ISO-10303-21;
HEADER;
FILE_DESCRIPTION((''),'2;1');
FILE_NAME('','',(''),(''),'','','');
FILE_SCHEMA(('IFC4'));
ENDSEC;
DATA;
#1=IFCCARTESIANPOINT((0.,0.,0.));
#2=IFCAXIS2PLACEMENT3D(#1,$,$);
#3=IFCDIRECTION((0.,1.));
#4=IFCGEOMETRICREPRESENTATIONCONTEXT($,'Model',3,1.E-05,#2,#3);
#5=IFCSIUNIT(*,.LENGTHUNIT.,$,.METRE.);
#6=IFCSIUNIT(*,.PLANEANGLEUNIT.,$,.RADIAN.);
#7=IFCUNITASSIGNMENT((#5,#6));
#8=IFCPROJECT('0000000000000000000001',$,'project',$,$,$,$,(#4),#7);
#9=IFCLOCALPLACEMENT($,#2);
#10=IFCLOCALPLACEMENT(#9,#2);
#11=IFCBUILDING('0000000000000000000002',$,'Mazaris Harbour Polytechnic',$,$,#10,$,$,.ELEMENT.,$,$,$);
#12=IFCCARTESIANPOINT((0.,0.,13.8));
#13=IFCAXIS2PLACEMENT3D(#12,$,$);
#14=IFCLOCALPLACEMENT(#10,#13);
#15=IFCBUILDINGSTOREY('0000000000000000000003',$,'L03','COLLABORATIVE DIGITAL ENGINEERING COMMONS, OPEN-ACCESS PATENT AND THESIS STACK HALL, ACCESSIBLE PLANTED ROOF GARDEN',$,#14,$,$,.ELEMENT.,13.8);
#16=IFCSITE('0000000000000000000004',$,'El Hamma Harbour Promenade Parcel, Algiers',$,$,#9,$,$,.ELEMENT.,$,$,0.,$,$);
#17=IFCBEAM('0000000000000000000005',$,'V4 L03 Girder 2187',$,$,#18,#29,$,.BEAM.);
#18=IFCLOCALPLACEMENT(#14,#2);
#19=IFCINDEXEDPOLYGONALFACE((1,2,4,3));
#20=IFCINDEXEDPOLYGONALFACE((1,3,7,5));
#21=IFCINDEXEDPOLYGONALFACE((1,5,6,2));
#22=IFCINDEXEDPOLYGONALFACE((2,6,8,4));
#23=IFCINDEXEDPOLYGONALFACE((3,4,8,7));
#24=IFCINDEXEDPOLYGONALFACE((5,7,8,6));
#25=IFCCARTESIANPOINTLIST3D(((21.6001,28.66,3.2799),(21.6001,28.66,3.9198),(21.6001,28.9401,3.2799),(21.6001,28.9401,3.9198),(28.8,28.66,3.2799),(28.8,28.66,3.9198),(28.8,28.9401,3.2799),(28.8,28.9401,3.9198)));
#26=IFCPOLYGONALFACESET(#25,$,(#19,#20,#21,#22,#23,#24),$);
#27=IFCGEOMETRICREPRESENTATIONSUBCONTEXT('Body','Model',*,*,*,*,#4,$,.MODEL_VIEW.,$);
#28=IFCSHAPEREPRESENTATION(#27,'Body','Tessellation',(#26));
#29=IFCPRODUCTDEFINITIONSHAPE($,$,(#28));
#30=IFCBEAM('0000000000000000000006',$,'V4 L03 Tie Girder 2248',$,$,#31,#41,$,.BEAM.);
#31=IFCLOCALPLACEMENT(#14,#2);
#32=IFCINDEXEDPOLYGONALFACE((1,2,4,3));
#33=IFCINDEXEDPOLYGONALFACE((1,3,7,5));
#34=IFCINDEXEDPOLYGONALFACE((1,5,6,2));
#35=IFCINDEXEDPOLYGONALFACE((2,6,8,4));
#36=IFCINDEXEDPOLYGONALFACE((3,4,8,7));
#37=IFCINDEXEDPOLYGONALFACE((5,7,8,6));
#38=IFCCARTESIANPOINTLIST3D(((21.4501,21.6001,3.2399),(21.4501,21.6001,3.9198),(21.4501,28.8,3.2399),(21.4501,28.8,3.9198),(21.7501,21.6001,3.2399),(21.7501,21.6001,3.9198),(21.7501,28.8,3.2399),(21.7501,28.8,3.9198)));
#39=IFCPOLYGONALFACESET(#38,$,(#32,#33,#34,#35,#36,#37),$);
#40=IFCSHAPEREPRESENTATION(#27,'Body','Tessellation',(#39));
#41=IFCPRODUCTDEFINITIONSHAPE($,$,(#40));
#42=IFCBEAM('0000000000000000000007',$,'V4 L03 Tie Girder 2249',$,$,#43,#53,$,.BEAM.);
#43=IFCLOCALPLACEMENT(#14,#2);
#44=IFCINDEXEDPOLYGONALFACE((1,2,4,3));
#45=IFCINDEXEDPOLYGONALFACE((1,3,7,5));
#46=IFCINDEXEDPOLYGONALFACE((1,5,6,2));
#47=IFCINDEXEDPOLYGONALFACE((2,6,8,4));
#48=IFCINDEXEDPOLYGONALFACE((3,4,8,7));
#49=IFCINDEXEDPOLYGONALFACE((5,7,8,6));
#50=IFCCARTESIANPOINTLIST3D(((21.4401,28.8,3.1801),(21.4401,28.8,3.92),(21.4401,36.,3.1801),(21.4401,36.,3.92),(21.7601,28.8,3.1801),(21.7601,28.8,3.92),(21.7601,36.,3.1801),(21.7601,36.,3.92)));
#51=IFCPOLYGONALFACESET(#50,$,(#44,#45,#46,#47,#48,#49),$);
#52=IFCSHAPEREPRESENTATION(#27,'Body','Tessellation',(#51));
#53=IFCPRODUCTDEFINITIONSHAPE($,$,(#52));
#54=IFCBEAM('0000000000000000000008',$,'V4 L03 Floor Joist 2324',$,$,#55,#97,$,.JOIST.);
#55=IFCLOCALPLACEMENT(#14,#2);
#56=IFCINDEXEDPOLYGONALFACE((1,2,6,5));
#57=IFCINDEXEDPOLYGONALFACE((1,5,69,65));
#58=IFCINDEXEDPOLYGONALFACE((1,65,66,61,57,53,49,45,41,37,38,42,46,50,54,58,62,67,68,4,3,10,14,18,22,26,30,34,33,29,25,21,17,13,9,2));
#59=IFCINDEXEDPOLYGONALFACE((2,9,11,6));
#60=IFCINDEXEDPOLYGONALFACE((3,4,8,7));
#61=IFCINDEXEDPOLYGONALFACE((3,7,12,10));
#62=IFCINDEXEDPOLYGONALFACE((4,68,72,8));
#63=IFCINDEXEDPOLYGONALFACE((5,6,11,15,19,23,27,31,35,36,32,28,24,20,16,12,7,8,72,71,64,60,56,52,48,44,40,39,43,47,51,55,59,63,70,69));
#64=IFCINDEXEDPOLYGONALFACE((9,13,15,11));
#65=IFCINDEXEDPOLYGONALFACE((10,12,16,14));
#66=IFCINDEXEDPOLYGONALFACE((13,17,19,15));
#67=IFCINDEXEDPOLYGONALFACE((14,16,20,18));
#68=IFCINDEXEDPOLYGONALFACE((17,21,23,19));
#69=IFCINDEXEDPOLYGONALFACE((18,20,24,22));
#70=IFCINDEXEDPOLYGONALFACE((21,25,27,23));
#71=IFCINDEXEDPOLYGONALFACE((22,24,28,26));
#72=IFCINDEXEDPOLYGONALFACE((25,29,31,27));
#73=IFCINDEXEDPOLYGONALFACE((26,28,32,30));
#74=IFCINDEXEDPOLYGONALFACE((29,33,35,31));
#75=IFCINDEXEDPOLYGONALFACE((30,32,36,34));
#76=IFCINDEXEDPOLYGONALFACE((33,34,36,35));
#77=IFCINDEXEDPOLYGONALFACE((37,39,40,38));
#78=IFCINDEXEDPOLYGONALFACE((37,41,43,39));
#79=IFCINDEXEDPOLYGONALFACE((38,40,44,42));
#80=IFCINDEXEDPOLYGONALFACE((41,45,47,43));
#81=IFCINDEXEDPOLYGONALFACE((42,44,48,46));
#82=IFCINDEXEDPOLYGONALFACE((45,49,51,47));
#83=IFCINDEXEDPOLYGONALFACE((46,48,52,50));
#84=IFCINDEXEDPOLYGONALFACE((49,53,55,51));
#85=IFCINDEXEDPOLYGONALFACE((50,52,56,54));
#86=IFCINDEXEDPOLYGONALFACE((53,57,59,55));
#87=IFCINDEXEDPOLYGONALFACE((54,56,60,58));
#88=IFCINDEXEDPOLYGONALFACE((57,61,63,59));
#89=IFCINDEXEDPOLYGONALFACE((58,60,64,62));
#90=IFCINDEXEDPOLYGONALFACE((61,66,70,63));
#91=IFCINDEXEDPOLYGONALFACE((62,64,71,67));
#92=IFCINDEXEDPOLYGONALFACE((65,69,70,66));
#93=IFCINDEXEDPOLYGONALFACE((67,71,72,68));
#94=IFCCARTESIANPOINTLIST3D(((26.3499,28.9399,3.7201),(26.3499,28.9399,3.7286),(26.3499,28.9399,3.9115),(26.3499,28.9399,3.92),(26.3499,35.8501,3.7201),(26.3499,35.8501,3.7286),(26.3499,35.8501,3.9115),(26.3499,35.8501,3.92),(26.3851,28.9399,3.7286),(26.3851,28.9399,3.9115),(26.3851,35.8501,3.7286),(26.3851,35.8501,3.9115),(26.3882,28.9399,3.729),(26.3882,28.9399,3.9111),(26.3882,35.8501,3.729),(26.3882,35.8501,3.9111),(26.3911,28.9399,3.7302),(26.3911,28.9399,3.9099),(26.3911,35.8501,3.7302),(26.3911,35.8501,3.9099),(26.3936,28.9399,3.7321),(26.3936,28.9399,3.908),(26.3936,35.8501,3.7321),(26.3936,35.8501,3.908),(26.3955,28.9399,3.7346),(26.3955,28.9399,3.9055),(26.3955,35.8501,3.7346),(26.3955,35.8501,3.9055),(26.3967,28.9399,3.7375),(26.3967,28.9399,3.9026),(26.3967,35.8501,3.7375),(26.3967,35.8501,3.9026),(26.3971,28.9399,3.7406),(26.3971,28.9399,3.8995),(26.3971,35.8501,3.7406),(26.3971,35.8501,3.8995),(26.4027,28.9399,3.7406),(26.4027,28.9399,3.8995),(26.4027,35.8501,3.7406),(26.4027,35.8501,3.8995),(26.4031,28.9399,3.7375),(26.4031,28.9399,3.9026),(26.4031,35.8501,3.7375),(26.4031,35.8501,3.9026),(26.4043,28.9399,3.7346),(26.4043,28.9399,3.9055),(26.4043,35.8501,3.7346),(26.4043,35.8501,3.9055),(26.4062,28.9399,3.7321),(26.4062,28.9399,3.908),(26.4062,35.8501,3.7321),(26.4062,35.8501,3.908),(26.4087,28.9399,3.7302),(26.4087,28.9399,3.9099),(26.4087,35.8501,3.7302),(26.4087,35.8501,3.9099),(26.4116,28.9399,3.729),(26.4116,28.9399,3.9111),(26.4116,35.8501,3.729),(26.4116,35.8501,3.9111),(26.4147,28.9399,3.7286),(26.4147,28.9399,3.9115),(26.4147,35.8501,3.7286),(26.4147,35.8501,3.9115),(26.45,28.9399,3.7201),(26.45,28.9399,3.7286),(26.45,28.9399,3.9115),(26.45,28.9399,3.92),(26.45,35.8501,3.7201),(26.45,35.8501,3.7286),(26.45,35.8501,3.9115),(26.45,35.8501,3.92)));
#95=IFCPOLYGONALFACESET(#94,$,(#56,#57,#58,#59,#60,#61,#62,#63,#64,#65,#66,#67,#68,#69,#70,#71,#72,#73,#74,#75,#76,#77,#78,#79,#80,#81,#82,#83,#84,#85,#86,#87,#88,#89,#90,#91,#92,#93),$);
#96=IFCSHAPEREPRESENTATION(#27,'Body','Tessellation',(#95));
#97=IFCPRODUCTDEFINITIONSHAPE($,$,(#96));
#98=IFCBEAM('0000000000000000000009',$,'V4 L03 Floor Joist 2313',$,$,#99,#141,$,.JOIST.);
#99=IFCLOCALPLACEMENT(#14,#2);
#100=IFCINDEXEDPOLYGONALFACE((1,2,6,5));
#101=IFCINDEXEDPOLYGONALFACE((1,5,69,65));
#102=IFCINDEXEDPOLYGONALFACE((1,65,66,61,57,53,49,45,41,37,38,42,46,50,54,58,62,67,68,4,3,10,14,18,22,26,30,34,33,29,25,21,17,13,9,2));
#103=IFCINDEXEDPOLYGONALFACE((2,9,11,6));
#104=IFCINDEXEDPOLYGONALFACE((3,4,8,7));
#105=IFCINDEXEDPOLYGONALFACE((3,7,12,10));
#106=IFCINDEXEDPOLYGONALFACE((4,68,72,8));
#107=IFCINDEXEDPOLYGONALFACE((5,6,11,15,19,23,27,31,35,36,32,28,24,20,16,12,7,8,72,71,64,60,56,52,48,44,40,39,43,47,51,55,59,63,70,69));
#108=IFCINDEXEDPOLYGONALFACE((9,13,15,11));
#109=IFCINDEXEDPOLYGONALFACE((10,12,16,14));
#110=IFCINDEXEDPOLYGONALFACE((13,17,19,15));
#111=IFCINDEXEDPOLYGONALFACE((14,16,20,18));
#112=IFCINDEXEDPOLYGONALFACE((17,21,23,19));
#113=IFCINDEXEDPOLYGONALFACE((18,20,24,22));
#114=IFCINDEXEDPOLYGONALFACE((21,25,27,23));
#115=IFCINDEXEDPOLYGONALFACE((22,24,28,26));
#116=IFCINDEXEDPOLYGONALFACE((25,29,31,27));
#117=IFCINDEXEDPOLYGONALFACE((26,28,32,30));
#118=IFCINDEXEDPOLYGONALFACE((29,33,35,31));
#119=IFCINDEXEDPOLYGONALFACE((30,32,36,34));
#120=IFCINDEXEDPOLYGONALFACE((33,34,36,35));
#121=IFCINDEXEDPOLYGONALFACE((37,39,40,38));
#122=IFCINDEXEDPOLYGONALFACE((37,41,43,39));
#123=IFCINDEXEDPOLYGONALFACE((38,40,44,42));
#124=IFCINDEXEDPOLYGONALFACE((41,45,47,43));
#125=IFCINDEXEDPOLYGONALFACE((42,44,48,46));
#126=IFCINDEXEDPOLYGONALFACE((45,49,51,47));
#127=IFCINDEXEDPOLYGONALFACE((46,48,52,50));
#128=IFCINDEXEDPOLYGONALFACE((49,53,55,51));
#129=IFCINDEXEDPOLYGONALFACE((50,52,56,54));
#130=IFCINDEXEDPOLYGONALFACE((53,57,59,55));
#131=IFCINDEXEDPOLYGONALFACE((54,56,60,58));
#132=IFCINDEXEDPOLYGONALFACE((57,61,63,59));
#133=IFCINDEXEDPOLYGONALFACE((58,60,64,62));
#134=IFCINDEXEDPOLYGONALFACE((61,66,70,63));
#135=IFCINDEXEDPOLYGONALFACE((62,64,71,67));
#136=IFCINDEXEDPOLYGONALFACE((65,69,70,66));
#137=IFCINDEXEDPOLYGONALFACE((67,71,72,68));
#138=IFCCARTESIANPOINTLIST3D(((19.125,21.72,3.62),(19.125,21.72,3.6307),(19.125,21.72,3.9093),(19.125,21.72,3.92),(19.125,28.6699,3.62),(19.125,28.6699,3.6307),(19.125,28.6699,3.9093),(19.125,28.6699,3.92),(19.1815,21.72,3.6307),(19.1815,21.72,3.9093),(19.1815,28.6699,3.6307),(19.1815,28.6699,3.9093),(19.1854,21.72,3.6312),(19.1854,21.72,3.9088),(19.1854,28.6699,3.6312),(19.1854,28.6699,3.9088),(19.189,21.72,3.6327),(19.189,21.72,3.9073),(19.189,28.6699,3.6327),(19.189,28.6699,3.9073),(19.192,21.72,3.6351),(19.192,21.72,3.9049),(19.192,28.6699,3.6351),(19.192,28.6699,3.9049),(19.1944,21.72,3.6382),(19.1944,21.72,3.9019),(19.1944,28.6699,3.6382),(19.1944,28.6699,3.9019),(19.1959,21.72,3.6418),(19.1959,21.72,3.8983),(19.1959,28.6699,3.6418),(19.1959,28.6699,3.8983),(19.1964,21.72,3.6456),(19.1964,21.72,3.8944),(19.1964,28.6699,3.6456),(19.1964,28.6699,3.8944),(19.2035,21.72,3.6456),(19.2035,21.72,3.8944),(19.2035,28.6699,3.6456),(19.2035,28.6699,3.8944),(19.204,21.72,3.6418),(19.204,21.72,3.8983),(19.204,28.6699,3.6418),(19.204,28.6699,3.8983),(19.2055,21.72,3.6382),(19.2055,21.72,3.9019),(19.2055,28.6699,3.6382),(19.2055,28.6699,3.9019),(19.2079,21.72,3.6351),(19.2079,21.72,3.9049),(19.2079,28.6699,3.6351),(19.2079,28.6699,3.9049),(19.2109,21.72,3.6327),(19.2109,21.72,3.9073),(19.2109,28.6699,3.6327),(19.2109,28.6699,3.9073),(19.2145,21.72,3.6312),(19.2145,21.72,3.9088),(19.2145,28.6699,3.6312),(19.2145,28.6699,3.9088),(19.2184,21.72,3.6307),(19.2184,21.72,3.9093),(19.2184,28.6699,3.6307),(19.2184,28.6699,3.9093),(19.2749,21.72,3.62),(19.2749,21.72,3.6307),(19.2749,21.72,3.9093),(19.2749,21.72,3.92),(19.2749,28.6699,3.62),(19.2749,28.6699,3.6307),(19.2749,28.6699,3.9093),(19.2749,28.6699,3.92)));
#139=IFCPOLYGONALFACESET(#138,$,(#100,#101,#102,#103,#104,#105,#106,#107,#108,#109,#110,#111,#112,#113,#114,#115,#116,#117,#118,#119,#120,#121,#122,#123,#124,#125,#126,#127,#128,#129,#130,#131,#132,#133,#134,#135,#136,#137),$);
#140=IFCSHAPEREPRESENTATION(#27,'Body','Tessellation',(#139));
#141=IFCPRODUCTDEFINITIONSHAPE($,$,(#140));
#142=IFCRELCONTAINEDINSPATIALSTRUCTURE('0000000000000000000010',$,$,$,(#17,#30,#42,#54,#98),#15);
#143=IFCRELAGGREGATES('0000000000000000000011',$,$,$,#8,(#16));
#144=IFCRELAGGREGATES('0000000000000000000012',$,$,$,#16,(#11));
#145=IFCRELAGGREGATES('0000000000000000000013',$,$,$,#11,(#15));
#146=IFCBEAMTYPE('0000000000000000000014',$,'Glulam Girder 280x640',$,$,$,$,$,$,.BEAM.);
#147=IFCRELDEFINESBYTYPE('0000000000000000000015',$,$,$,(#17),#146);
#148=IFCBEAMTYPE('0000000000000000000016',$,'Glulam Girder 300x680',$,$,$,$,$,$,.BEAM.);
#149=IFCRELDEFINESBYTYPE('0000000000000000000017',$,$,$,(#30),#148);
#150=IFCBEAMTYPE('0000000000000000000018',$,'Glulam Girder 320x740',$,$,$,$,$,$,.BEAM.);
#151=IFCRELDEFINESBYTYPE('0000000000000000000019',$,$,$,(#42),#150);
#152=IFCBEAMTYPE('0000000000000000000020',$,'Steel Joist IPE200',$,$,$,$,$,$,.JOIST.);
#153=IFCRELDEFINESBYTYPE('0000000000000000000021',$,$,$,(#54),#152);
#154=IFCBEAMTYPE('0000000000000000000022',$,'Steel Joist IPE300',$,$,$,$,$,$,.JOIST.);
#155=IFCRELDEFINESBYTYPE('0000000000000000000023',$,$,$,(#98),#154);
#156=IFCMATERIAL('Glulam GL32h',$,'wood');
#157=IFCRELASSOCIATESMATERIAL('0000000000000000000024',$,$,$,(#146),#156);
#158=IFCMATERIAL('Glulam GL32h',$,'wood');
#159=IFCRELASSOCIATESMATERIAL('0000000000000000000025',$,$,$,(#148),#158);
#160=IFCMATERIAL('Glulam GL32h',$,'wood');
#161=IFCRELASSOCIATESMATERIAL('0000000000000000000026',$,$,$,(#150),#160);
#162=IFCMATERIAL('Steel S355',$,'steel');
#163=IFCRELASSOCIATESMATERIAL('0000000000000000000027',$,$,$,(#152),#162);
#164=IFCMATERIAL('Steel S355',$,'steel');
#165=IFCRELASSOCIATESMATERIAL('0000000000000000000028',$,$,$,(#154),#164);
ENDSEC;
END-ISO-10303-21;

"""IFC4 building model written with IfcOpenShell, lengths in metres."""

from ifc_helpers import new_model, si_unit, direction, frame, origin, origin_2d, place, context, subcontext, project, spatial, rectangle, i_section, extrude, material, material_profile, profile_set, type_object, element, save


model = new_model("IFC4")

# Units and contexts
model_context = context("Model", 3, precision=1e-05, world=origin(), true_north=direction((0.0, 1.0)))
body_context = subcontext(model_context, "Body", "Model", "MODEL_VIEW")
ifc_project = project(units=[si_unit("LENGTHUNIT", "METRE"), si_unit("PLANEANGLEUNIT", "RADIAN")], contexts=[model_context])

# Site, building, storey
site_placement = place(None, origin())
site = spatial("IfcSite", under=ifc_project, at=site_placement, Name="El Hamma Harbour Promenade Parcel, Algiers", CompositionType="ELEMENT", RefElevation=0.0)
building_placement = place(site_placement, origin())
building = spatial("IfcBuilding", under=site, at=building_placement, Name="Mazaris Harbour Polytechnic", CompositionType="ELEMENT")
storey_placement = place(building_placement, frame((0.0, 0.0, 13.8)))
storey = spatial("IfcBuildingStorey", under=building, at=storey_placement, Name="L03", Description="COLLABORATIVE DIGITAL ENGINEERING COMMONS, OPEN-ACCESS PATENT AND THESIS STACK HALL, ACCESSIBLE PLANTED ROOF GARDEN", CompositionType="ELEMENT", Elevation=13.8)

# Beams
ifc_material_1 = material(Name="Glulam GL32h", Category="wood")
ifc_material_profile_1 = material_profile(ifc_material_1, rectangle(XDim=0.28, YDim=0.6399, at=origin_2d()), Name="RECT280x640")
ifc_profile_set_1 = profile_set([ifc_material_profile_1], Name="Glulam GL32h")
beam_type_1 = type_object("IfcBeamType", Name="Glulam Girder 280x640", PredefinedType="BEAM", material=ifc_profile_set_1)
beam_1_placement = place(storey_placement, frame((21.6001, 28.8, 3.5999), z_axis=(1.0, 0.0, 0.0), x_axis=(0.0, 1.0, 0.0)))
element("IfcBeam", 1, at=beam_1_placement, inside=storey, type_object=beam_type_1, Name="V4 L03 Girder 2187", PredefinedType="BEAM", context=body_context, shape_type="SweptSolid", body=[
    extrude(rectangle(XDim=0.28, YDim=0.6399, at=origin_2d()), origin(), (0.0, 0.0, 1.0), 7.2),
])
ifc_material_2 = material(Name="Glulam GL32h", Category="wood")
ifc_material_profile_2 = material_profile(ifc_material_2, rectangle(XDim=0.3, YDim=0.6799, at=origin_2d()), Name="RECT300x680")
ifc_profile_set_2 = profile_set([ifc_material_profile_2], Name="Glulam GL32h")
beam_type_2 = type_object("IfcBeamType", Name="Glulam Girder 300x680", PredefinedType="BEAM", material=ifc_profile_set_2)
beam_2_placement = place(storey_placement, frame((21.6001, 21.6001, 3.5798), z_axis=(0.0, 1.0, 0.0), x_axis=(-1.0, 0.0, 0.0)))
element("IfcBeam", 2, at=beam_2_placement, inside=storey, type_object=beam_type_2, Name="V4 L03 Tie Girder 2248", PredefinedType="BEAM", context=body_context, shape_type="SweptSolid", body=[
    extrude(rectangle(XDim=0.3, YDim=0.6799, at=origin_2d()), origin(), (0.0, 0.0, 1.0), 7.2),
])
ifc_material_3 = material(Name="Glulam GL32h", Category="wood")
ifc_material_profile_3 = material_profile(ifc_material_3, rectangle(XDim=0.3201, YDim=0.74, at=origin_2d()), Name="RECT320x740")
ifc_profile_set_3 = profile_set([ifc_material_profile_3], Name="Glulam GL32h")
beam_type_3 = type_object("IfcBeamType", Name="Glulam Girder 320x740", PredefinedType="BEAM", material=ifc_profile_set_3)
beam_3_placement = place(storey_placement, frame((21.6001, 28.8, 3.55), z_axis=(0.0, 1.0, 0.0), x_axis=(-1.0, 0.0, 0.0)))
element("IfcBeam", 3, at=beam_3_placement, inside=storey, type_object=beam_type_3, Name="V4 L03 Tie Girder 2249", PredefinedType="BEAM", context=body_context, shape_type="SweptSolid", body=[
    extrude(rectangle(XDim=0.3201, YDim=0.74, at=origin_2d()), origin(), (0.0, 0.0, 1.0), 7.2),
])
ifc_material_4 = material(Name="Steel S355", Category="steel")
ifc_material_profile_4 = material_profile(ifc_material_4, i_section(OverallWidth=0.1001, OverallDepth=0.2, WebThickness=0.0056, FlangeThickness=0.0085, FilletRadius=0.012, at=origin_2d()), Name="IPE 200")
ifc_profile_set_4 = profile_set([ifc_material_profile_4], Name="Steel S355")
beam_type_4 = type_object("IfcBeamType", Name="Steel Joist IPE200", PredefinedType="JOIST", material=ifc_profile_set_4)
beam_4_placement = place(storey_placement, frame((26.3999, 28.9399, 3.8201), z_axis=(0.0, 1.0, 0.0), x_axis=(-1.0, 0.0, 0.0)))
element("IfcBeam", 4, at=beam_4_placement, inside=storey, type_object=beam_type_4, Name="V4 L03 Floor Joist 2324", PredefinedType="JOIST", context=body_context, shape_type="SweptSolid", body=[
    extrude(i_section(OverallWidth=0.1001, OverallDepth=0.2, WebThickness=0.0056, FlangeThickness=0.0085, FilletRadius=0.012, at=origin_2d()), origin(), (0.0, 0.0, 1.0), 6.9102),
])
ifc_material_5 = material(Name="Steel S355", Category="steel")
ifc_material_profile_5 = material_profile(ifc_material_5, i_section(OverallWidth=0.1499, OverallDepth=0.3, WebThickness=0.0071, FlangeThickness=0.0107, FilletRadius=0.0149, at=origin_2d()), Name="IPE 300")
ifc_profile_set_5 = profile_set([ifc_material_profile_5], Name="Steel S355")
beam_type_5 = type_object("IfcBeamType", Name="Steel Joist IPE300", PredefinedType="JOIST", material=ifc_profile_set_5)
beam_5_placement = place(storey_placement, frame((19.2, 21.72, 3.77), z_axis=(0.0, 1.0, 0.0), x_axis=(-1.0, 0.0, 0.0)))
element("IfcBeam", 5, at=beam_5_placement, inside=storey, type_object=beam_type_5, Name="V4 L03 Floor Joist 2313", PredefinedType="JOIST", context=body_context, shape_type="SweptSolid", body=[
    extrude(i_section(OverallWidth=0.1499, OverallDepth=0.3, WebThickness=0.0071, FlangeThickness=0.0107, FilletRadius=0.0149, at=origin_2d()), origin(), (0.0, 0.0, 1.0), 6.95),
])

save(model, "model.ifc")
